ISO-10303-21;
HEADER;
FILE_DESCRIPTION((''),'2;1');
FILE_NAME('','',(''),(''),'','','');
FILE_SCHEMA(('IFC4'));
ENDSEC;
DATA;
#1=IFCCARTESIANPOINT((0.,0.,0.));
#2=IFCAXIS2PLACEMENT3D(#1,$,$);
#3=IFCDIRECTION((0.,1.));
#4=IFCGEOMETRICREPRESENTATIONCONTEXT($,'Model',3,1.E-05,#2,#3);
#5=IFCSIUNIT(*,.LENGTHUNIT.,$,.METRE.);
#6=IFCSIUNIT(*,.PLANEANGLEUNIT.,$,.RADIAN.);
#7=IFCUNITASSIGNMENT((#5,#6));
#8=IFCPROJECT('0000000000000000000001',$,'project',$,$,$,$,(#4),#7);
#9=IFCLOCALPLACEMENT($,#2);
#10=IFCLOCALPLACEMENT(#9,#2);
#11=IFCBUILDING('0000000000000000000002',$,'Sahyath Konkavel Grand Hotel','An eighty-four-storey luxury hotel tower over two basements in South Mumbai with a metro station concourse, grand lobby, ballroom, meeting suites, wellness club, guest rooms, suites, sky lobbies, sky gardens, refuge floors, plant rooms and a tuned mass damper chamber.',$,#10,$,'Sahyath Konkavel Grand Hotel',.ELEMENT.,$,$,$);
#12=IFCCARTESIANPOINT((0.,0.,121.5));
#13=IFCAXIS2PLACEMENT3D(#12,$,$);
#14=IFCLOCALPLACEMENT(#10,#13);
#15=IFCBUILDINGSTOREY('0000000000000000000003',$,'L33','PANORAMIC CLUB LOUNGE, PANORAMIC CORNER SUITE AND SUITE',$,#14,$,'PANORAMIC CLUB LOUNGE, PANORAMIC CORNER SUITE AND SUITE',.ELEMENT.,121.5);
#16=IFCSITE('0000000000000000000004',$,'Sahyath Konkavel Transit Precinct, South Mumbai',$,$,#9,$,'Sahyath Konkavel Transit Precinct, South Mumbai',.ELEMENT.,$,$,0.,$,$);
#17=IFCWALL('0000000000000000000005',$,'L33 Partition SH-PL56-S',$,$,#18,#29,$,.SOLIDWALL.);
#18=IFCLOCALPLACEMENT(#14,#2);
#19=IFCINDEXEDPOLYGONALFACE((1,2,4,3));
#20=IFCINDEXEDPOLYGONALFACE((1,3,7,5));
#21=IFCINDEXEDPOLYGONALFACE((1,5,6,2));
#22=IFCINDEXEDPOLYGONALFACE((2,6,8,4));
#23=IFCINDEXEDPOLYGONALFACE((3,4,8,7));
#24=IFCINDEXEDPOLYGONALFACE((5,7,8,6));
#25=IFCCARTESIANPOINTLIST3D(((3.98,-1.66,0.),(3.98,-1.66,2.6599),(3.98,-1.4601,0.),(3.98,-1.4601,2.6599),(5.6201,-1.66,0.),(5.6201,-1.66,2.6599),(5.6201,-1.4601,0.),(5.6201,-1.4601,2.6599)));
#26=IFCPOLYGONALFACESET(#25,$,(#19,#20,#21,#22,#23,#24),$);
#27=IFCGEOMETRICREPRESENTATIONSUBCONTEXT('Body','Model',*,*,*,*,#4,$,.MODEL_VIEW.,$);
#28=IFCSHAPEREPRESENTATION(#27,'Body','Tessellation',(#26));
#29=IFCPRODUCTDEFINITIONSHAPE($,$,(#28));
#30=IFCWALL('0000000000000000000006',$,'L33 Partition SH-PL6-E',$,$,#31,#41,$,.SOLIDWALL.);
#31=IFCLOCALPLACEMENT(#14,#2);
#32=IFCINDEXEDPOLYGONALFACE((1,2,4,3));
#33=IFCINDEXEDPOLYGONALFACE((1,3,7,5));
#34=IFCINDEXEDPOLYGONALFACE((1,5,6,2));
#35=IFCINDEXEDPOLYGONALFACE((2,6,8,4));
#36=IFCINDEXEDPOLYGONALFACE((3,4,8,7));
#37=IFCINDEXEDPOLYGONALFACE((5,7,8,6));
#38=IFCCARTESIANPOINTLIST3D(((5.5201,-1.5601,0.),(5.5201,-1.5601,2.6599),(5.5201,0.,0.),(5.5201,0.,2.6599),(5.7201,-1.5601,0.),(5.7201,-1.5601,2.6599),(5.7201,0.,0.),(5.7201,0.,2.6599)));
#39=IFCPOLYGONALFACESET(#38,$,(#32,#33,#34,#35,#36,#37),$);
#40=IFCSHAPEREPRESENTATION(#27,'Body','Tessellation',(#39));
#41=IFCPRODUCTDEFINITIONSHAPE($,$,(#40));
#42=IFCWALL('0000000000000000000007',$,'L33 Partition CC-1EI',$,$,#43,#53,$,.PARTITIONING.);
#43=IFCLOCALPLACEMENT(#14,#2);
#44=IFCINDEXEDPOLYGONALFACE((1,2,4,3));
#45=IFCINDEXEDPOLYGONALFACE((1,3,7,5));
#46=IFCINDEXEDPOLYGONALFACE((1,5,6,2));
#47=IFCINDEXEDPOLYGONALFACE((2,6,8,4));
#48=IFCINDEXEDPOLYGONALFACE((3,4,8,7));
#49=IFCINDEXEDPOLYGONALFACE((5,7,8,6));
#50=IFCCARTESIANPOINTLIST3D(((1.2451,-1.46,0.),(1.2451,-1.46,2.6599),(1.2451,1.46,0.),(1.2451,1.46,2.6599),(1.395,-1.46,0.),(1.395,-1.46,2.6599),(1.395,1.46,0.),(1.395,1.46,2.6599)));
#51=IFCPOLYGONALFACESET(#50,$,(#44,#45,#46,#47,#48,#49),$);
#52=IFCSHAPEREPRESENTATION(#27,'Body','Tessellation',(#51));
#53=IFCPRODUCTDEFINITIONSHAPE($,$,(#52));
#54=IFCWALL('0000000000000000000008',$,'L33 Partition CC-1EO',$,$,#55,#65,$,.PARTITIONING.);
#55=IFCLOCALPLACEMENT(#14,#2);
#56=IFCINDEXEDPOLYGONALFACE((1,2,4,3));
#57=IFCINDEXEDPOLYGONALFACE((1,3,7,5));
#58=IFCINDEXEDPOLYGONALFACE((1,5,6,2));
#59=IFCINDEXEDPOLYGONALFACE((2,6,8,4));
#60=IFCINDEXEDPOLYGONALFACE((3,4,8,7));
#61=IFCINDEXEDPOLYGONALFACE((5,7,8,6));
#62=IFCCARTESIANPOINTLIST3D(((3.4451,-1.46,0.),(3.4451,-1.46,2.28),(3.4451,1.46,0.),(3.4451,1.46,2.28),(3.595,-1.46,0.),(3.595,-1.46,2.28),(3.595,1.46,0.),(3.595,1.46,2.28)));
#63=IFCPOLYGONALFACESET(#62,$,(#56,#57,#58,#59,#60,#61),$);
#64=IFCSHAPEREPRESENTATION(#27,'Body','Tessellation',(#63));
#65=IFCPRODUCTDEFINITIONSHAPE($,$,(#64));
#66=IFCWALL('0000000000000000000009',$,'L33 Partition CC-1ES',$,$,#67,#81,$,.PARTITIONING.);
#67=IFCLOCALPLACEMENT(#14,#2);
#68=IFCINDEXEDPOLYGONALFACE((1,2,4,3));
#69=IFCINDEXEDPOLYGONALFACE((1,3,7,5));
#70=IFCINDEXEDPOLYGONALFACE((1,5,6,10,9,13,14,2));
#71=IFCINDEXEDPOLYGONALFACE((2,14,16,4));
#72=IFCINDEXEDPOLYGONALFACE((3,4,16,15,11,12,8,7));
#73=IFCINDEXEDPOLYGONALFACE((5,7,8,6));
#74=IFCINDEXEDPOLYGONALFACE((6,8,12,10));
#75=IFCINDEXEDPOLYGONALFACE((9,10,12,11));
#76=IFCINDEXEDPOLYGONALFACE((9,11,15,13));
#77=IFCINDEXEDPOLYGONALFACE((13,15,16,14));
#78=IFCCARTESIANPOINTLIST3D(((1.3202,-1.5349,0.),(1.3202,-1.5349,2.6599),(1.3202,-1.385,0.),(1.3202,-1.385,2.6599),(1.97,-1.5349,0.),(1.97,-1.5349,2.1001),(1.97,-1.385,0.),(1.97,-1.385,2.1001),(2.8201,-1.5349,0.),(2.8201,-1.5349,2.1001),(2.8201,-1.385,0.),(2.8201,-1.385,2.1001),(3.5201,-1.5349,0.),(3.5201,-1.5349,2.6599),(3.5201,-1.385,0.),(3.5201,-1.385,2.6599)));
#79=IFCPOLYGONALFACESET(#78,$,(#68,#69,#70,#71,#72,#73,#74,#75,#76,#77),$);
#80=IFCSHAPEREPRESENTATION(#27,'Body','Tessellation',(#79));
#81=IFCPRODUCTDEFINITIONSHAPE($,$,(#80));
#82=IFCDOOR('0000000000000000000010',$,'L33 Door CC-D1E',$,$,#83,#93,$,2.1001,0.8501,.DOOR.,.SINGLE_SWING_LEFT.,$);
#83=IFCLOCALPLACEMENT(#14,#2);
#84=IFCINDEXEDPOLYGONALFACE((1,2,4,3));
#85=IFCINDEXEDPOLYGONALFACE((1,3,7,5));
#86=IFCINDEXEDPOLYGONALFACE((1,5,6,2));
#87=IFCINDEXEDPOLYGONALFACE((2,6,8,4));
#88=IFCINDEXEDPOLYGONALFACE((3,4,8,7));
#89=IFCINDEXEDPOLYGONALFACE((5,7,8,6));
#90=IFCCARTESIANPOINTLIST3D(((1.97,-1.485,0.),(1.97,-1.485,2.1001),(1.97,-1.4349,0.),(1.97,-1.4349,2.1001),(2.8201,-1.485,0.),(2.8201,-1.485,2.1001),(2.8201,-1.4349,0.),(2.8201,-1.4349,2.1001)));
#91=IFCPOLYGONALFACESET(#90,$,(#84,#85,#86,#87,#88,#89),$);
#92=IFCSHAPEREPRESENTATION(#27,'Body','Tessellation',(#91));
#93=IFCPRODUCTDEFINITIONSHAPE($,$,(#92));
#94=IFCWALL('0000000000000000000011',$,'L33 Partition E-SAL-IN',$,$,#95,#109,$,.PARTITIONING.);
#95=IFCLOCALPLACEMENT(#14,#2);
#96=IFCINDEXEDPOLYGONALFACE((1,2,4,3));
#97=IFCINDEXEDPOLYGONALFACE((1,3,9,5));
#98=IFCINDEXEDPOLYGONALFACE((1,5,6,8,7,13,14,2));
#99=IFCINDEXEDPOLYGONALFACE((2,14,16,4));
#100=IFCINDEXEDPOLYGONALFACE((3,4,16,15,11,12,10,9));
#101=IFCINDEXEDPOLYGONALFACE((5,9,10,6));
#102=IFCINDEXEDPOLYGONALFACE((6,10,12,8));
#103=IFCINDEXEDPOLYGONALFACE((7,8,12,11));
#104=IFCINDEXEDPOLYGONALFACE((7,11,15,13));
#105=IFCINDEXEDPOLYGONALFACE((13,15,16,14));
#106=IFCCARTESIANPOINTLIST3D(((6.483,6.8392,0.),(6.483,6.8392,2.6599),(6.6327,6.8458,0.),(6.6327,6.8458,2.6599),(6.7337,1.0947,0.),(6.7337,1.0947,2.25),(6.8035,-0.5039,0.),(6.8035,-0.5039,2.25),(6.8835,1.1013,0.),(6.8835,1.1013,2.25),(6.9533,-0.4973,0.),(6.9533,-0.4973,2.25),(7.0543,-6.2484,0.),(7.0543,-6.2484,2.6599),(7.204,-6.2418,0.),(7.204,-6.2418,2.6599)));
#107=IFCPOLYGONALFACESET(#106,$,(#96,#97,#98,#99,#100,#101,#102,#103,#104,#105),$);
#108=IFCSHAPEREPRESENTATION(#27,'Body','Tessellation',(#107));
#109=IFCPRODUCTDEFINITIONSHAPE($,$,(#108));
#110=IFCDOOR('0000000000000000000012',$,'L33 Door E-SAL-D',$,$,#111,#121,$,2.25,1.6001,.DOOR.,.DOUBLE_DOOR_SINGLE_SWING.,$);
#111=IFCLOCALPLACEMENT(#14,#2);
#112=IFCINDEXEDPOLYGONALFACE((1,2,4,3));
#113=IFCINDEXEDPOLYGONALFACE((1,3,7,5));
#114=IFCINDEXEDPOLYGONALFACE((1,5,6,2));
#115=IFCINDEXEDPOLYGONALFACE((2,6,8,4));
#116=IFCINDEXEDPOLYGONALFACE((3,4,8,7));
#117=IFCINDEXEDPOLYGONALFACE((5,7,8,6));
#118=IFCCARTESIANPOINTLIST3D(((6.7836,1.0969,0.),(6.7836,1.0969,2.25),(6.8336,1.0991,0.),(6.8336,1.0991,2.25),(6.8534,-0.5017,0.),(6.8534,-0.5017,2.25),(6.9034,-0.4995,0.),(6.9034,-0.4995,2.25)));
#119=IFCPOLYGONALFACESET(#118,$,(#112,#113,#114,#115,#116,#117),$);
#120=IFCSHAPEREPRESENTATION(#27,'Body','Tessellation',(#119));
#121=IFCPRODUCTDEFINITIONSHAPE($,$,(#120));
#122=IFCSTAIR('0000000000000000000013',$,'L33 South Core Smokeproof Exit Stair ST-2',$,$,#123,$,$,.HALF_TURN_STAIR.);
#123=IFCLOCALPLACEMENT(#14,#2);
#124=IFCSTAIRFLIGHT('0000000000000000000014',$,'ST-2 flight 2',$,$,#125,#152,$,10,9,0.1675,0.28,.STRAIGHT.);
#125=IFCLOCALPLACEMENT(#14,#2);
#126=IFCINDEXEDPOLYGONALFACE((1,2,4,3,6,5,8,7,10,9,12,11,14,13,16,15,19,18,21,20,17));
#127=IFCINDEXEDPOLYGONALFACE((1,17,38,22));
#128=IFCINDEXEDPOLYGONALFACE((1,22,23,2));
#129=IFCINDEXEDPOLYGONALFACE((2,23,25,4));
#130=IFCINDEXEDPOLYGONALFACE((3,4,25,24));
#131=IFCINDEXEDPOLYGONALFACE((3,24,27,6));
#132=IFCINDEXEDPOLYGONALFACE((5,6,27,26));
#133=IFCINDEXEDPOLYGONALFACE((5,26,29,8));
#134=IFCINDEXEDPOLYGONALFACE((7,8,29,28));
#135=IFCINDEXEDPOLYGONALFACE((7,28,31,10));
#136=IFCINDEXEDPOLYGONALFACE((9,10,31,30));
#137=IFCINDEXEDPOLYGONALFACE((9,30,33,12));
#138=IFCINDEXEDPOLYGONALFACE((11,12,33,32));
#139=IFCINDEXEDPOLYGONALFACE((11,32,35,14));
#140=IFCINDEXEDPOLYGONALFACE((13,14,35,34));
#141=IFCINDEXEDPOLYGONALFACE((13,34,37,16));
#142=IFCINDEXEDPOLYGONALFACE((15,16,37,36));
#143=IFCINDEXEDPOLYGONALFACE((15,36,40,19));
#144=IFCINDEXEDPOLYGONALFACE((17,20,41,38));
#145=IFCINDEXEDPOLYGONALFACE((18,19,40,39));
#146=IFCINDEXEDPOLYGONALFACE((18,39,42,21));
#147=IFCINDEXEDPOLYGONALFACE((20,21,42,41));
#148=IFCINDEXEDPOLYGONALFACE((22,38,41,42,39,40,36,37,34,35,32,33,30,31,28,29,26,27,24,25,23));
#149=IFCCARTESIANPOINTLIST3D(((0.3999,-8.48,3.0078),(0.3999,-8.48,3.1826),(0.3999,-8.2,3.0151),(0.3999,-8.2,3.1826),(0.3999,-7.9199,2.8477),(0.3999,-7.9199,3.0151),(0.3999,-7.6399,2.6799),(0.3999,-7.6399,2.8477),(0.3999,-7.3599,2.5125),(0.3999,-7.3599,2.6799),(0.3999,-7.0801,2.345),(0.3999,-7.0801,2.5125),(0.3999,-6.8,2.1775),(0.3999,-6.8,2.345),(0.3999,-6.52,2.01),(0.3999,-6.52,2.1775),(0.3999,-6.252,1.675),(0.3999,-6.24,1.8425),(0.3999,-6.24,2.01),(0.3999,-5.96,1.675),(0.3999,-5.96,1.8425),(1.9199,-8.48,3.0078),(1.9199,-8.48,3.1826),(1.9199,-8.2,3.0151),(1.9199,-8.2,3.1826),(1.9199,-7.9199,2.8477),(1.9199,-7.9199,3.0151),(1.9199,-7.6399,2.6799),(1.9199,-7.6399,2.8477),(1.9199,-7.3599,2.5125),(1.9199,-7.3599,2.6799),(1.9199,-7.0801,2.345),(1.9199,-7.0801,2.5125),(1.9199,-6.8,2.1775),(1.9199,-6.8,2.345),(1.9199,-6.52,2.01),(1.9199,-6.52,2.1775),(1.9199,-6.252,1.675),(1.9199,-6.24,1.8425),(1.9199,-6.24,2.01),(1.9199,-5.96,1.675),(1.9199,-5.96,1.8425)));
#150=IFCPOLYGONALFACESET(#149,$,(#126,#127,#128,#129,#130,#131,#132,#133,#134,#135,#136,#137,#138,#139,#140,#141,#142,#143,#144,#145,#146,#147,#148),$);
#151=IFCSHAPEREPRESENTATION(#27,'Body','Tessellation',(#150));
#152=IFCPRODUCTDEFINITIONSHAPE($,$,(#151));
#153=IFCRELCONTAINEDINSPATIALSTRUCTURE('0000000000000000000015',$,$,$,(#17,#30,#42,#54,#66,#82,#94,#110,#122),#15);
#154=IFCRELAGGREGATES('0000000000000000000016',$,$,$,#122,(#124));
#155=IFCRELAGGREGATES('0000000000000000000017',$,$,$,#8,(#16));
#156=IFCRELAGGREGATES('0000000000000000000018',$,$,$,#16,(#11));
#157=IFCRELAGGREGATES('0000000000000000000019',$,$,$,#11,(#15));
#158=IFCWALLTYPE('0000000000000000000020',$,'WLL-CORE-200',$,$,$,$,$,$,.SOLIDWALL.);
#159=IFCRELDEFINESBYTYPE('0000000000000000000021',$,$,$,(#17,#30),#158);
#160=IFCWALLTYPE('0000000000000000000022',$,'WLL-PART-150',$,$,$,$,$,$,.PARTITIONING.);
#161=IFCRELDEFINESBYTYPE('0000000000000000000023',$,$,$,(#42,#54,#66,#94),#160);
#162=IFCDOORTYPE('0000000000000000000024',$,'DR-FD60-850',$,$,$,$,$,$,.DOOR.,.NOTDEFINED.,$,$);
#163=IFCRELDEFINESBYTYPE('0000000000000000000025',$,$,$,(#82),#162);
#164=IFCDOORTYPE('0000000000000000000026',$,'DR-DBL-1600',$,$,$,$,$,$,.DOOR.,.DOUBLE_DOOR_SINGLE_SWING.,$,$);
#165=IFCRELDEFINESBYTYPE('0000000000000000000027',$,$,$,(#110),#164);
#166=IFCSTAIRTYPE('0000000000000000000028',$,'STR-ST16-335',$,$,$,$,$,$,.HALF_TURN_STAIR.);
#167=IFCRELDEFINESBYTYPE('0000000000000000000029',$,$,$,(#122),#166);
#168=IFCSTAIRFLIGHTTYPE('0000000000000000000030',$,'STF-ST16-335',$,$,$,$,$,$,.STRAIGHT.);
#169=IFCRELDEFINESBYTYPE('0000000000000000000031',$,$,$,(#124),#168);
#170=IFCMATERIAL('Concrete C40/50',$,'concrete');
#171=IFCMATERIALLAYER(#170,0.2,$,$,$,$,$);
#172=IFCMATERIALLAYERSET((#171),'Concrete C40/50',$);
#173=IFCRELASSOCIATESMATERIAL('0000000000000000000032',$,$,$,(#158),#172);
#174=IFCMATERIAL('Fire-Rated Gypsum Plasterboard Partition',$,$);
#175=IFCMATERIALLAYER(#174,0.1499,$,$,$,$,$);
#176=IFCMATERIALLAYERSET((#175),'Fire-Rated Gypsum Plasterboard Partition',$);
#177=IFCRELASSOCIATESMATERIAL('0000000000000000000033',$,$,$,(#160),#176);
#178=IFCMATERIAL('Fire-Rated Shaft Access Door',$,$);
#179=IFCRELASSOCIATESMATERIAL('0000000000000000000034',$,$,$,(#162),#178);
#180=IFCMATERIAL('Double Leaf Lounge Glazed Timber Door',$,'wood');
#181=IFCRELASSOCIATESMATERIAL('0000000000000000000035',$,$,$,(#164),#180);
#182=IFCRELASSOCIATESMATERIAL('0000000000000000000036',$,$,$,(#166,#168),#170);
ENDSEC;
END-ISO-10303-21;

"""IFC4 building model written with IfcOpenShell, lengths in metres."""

from ifc_helpers import new_model, si_unit, direction, frame, frame_2d, origin, origin_2d, place, context, subcontext, project, spatial, polyline, rectangle, outline, extrude, source, transform, mapped, material, layer, layer_set, type_object, element, fill, aggregate, save


model = new_model("IFC4")

# Units and contexts
model_context = context("Model", 3, precision=1e-05, world=origin(), true_north=direction((0.0, 1.0)))
body_context = subcontext(model_context, "Body", "Model", "MODEL_VIEW")
ifc_project = project(units=[si_unit("LENGTHUNIT", "METRE"), si_unit("PLANEANGLEUNIT", "RADIAN")], contexts=[model_context])

# Site, building, storey
site_placement = place(None, origin())
site = spatial("IfcSite", under=ifc_project, at=site_placement, Name="Sahyath Konkavel Transit Precinct, South Mumbai", LongName="Sahyath Konkavel Transit Precinct, South Mumbai", CompositionType="ELEMENT", RefElevation=0.0)
building_placement = place(site_placement, origin())
building = spatial("IfcBuilding", under=site, at=building_placement, Name="Sahyath Konkavel Grand Hotel", Description="An eighty-four-storey luxury hotel tower over two basements in South Mumbai with a metro station concourse, grand lobby, ballroom, meeting suites, wellness club, guest rooms, suites, sky lobbies, sky gardens, refuge floors, plant rooms and a tuned mass damper chamber.", LongName="Sahyath Konkavel Grand Hotel", CompositionType="ELEMENT")
storey_placement = place(building_placement, frame((0.0, 0.0, 121.5)))
storey = spatial("IfcBuildingStorey", under=building, at=storey_placement, Name="L33", Description="PANORAMIC CLUB LOUNGE, PANORAMIC CORNER SUITE AND SUITE", LongName="PANORAMIC CLUB LOUNGE, PANORAMIC CORNER SUITE AND SUITE", CompositionType="ELEMENT", Elevation=121.5)

# Walls
ifc_material_1 = material(Name="Concrete C40/50", Category="concrete")
ifc_layer_1 = layer(ifc_material_1, 0.2)
ifc_layer_set_1 = layer_set([ifc_layer_1], Name="Concrete C40/50")
wall_type_1 = type_object("IfcWallType", Name="WLL-CORE-200", PredefinedType="SOLIDWALL", material=ifc_layer_set_1)
wall_1_placement = place(storey_placement, frame((3.98, -1.5601, 0.0), z_axis=(0.0, 0.0, 1.0), x_axis=(1.0, 0.0, 0.0)))
element("IfcWall", 1, at=wall_1_placement, inside=storey, type_object=wall_type_1, Name="L33 Partition SH-PL56-S", PredefinedType="SOLIDWALL", context=body_context, shape_type="SweptSolid", body=[
    extrude(rectangle(XDim=1.6401, YDim=0.2, at=frame_2d((0.8201, 0.0))), origin(), (0.0, 0.0, 1.0), 2.6599),
])
wall_2_placement = place(storey_placement, frame((5.6201, -1.5601, 0.0), z_axis=(0.0, 0.0, 1.0), x_axis=(0.0, 1.0, 0.0)))
element("IfcWall", 2, at=wall_2_placement, inside=storey, type_object=wall_type_1, Name="L33 Partition SH-PL6-E", PredefinedType="SOLIDWALL", context=body_context, shape_type="SweptSolid", body=[
    extrude(rectangle(XDim=1.5601, YDim=0.2, at=frame_2d((0.78, 0.0))), origin(), (0.0, 0.0, 1.0), 2.6599),
])
ifc_material_2 = material(Name="Fire-Rated Gypsum Plasterboard Partition")
ifc_layer_2 = layer(ifc_material_2, 0.1499)
ifc_layer_set_2 = layer_set([ifc_layer_2], Name="Fire-Rated Gypsum Plasterboard Partition")
wall_type_2 = type_object("IfcWallType", Name="WLL-PART-150", PredefinedType="PARTITIONING", material=ifc_layer_set_2)
wall_3_placement = place(storey_placement, frame((1.3201, -1.46, 0.0), z_axis=(0.0, 0.0, 1.0), x_axis=(0.0, 1.0, 0.0)))
element("IfcWall", 3, at=wall_3_placement, inside=storey, type_object=wall_type_2, Name="L33 Partition CC-1EI", PredefinedType="PARTITIONING", context=body_context, shape_type="SweptSolid", body=[
    extrude(rectangle(XDim=2.9199, YDim=0.1499, at=frame_2d((1.46, 0.0))), origin(), (0.0, 0.0, 1.0), 2.6599),
])
wall_4_placement = place(storey_placement, frame((3.52, -1.46, 0.0), z_axis=(0.0, 0.0, 1.0), x_axis=(0.0, 1.0, 0.0)))
element("IfcWall", 4, at=wall_4_placement, inside=storey, type_object=wall_type_2, Name="L33 Partition CC-1EO", PredefinedType="PARTITIONING", context=body_context, shape_type="SweptSolid", body=[
    extrude(rectangle(XDim=2.9199, YDim=0.1499, at=frame_2d((1.46, 0.0))), origin(), (0.0, 0.0, 1.0), 2.28),
])

# Walls, openings, doors
wall_5_placement = place(storey_placement, frame((1.3201, -1.46, 0.0), z_axis=(0.0, 0.0, 1.0), x_axis=(1.0, 0.0, 0.0)))
wall_5 = element("IfcWall", 5, at=wall_5_placement, inside=storey, type_object=wall_type_2, Name="L33 Partition CC-1ES", PredefinedType="PARTITIONING", context=body_context, shape_type="SweptSolid", body=[
    extrude(rectangle(XDim=2.2, YDim=0.1499, at=frame_2d((1.1001, 0.0))), origin(), (0.0, 0.0, 1.0), 2.6599),
])
opening_1_placement = place(wall_5_placement, frame((0.6499, 0.0, 0.0)))
opening_1 = element("IfcOpeningElement", 6, at=opening_1_placement, cuts=wall_5, PredefinedType="OPENING", context=body_context, shape_type="SweptSolid", body=[
    extrude(rectangle(XDim=0.8501, YDim=2.1001, at=frame_2d((0.425, 1.05))), frame((0.0, 0.085, 0.0), z_axis=(0.0, -1.0, 0.0), x_axis=(1.0, 0.0, 0.0)), (0.0, 0.0, 1.0), 0.1699),
])
ifc_material_3 = material(Name="Fire-Rated Shaft Access Door")
door_type_1 = type_object("IfcDoorType", Name="DR-FD60-850", OperationType="NOTDEFINED", PredefinedType="DOOR", material=ifc_material_3)
shared_shape_1 = source(origin(), body_context, "Body", "SweptSolid", [
    extrude(rectangle(XDim=0.8501, YDim=0.05, at=origin_2d()), origin(), (0.0, 0.0, 1.0), 2.1001),
])
door_1_placement = place(opening_1_placement, frame((0.425, 0.0, 0.0)))
door_1 = element("IfcDoor", 7, at=door_1_placement, inside=storey, type_object=door_type_1, Name="L33 Door CC-D1E", OperationType="SINGLE_SWING_LEFT", OverallHeight=2.1001, OverallWidth=0.8501, PredefinedType="DOOR", context=body_context, shape_type="MappedRepresentation", body=[
    mapped(shared_shape_1, transform((0.0, 0.0, 0.0), scale=1.0)),
])
fill(opening_1, door_1)
wall_6_placement = place(storey_placement, frame((7.1292, -6.2451, 0.0), z_axis=(0.0, 0.0, 1.0), x_axis=(-0.043609, 0.999049, 0.0)))
wall_6 = element("IfcWall", 8, at=wall_6_placement, inside=storey, type_object=wall_type_2, Name="L33 Partition E-SAL-IN", PredefinedType="PARTITIONING", context=body_context, shape_type="SweptSolid", body=[
    extrude(rectangle(XDim=13.1001, YDim=0.1499, at=frame_2d((6.55, 0.0))), origin(), (0.0, 0.0, 1.0), 2.6599),
])
opening_2_placement = place(wall_6_placement, frame((5.75, 0.0, 0.0)))
opening_2 = element("IfcOpeningElement", 9, at=opening_2_placement, cuts=wall_6, PredefinedType="OPENING", context=body_context, shape_type="SweptSolid", body=[
    extrude(rectangle(XDim=1.6001, YDim=2.25, at=frame_2d((0.8, 1.125))), frame((0.0, 0.085, 0.0), z_axis=(0.0, -1.0, 0.0), x_axis=(1.0, 0.0, 0.0)), (0.0, 0.0, 1.0), 0.1699),
])
ifc_material_4 = material(Name="Double Leaf Lounge Glazed Timber Door", Category="wood")
door_type_2 = type_object("IfcDoorType", Name="DR-DBL-1600", OperationType="DOUBLE_DOOR_SINGLE_SWING", PredefinedType="DOOR", material=ifc_material_4)
shared_shape_2 = source(origin(), body_context, "Body", "SweptSolid", [
    extrude(rectangle(XDim=1.6001, YDim=0.05, at=origin_2d()), origin(), (0.0, 0.0, 1.0), 2.25),
])
door_2_placement = place(opening_2_placement, frame((0.8, 0.0, 0.0)))
door_2 = element("IfcDoor", 10, at=door_2_placement, inside=storey, type_object=door_type_2, Name="L33 Door E-SAL-D", OperationType="DOUBLE_DOOR_SINGLE_SWING", OverallHeight=2.25, OverallWidth=1.6001, PredefinedType="DOOR", context=body_context, shape_type="MappedRepresentation", body=[
    mapped(shared_shape_2, transform((0.0, 0.0, 0.0), scale=1.0)),
])
fill(opening_2, door_2)

# Stair, stair flight
stair_type = type_object("IfcStairType", Name="STR-ST16-335", PredefinedType="HALF_TURN_STAIR", material=ifc_material_1)
stair_placement = place(storey_placement, origin())
stair = element("IfcStair", 11, at=stair_placement, inside=storey, type_object=stair_type, Name="L33 South Core Smokeproof Exit Stair ST-2", PredefinedType="HALF_TURN_STAIR")
stair_flight_type = type_object("IfcStairFlightType", Name="STF-ST16-335", PredefinedType="STRAIGHT", material=ifc_material_1)
stair_flight_placement = place(storey_placement, frame((1.1599, -5.96, 1.675), z_axis=(0.0, 0.0, 1.0), x_axis=(0.0, -1.0, 0.0)))
stair_flight = element("IfcStairFlight", 12, at=stair_flight_placement, type_object=stair_flight_type, Name="ST-2 flight 2", NumberOfRisers=10, NumberOfTreads=9, PredefinedType="STRAIGHT", RiserHeight=0.1675, TreadLength=0.28, context=body_context, shape_type="SweptSolid", body=[
    extrude(outline(polyline([(0.0, 0.0), (0.0, 0.1675), (0.28, 0.1675), (0.28, 0.335), (0.5601, 0.335), (0.5601, 0.5024), (0.8401, 0.5024), (0.8401, 0.6699), (1.1201, 0.6699), (1.1201, 0.8374), (1.3999, 0.8374), (1.3999, 1.0049), (1.6799, 1.0049), (1.6799, 1.1726), (1.96, 1.1726), (1.96, 1.3401), (2.24, 1.3401), (2.24, 1.5076), (2.52, 1.5076), (2.52, 1.675), (2.52, 1.3328), (0.292, 0.0), (0.0, 0.0)])), frame((0.0, 0.76, 0.0), z_axis=(0.0, -1.0, 0.0), x_axis=(1.0, 0.0, 0.0)), (0.0, 0.0, 1.0), 1.52),
])
aggregate(stair, [stair_flight])

save(model, "model.ifc")
